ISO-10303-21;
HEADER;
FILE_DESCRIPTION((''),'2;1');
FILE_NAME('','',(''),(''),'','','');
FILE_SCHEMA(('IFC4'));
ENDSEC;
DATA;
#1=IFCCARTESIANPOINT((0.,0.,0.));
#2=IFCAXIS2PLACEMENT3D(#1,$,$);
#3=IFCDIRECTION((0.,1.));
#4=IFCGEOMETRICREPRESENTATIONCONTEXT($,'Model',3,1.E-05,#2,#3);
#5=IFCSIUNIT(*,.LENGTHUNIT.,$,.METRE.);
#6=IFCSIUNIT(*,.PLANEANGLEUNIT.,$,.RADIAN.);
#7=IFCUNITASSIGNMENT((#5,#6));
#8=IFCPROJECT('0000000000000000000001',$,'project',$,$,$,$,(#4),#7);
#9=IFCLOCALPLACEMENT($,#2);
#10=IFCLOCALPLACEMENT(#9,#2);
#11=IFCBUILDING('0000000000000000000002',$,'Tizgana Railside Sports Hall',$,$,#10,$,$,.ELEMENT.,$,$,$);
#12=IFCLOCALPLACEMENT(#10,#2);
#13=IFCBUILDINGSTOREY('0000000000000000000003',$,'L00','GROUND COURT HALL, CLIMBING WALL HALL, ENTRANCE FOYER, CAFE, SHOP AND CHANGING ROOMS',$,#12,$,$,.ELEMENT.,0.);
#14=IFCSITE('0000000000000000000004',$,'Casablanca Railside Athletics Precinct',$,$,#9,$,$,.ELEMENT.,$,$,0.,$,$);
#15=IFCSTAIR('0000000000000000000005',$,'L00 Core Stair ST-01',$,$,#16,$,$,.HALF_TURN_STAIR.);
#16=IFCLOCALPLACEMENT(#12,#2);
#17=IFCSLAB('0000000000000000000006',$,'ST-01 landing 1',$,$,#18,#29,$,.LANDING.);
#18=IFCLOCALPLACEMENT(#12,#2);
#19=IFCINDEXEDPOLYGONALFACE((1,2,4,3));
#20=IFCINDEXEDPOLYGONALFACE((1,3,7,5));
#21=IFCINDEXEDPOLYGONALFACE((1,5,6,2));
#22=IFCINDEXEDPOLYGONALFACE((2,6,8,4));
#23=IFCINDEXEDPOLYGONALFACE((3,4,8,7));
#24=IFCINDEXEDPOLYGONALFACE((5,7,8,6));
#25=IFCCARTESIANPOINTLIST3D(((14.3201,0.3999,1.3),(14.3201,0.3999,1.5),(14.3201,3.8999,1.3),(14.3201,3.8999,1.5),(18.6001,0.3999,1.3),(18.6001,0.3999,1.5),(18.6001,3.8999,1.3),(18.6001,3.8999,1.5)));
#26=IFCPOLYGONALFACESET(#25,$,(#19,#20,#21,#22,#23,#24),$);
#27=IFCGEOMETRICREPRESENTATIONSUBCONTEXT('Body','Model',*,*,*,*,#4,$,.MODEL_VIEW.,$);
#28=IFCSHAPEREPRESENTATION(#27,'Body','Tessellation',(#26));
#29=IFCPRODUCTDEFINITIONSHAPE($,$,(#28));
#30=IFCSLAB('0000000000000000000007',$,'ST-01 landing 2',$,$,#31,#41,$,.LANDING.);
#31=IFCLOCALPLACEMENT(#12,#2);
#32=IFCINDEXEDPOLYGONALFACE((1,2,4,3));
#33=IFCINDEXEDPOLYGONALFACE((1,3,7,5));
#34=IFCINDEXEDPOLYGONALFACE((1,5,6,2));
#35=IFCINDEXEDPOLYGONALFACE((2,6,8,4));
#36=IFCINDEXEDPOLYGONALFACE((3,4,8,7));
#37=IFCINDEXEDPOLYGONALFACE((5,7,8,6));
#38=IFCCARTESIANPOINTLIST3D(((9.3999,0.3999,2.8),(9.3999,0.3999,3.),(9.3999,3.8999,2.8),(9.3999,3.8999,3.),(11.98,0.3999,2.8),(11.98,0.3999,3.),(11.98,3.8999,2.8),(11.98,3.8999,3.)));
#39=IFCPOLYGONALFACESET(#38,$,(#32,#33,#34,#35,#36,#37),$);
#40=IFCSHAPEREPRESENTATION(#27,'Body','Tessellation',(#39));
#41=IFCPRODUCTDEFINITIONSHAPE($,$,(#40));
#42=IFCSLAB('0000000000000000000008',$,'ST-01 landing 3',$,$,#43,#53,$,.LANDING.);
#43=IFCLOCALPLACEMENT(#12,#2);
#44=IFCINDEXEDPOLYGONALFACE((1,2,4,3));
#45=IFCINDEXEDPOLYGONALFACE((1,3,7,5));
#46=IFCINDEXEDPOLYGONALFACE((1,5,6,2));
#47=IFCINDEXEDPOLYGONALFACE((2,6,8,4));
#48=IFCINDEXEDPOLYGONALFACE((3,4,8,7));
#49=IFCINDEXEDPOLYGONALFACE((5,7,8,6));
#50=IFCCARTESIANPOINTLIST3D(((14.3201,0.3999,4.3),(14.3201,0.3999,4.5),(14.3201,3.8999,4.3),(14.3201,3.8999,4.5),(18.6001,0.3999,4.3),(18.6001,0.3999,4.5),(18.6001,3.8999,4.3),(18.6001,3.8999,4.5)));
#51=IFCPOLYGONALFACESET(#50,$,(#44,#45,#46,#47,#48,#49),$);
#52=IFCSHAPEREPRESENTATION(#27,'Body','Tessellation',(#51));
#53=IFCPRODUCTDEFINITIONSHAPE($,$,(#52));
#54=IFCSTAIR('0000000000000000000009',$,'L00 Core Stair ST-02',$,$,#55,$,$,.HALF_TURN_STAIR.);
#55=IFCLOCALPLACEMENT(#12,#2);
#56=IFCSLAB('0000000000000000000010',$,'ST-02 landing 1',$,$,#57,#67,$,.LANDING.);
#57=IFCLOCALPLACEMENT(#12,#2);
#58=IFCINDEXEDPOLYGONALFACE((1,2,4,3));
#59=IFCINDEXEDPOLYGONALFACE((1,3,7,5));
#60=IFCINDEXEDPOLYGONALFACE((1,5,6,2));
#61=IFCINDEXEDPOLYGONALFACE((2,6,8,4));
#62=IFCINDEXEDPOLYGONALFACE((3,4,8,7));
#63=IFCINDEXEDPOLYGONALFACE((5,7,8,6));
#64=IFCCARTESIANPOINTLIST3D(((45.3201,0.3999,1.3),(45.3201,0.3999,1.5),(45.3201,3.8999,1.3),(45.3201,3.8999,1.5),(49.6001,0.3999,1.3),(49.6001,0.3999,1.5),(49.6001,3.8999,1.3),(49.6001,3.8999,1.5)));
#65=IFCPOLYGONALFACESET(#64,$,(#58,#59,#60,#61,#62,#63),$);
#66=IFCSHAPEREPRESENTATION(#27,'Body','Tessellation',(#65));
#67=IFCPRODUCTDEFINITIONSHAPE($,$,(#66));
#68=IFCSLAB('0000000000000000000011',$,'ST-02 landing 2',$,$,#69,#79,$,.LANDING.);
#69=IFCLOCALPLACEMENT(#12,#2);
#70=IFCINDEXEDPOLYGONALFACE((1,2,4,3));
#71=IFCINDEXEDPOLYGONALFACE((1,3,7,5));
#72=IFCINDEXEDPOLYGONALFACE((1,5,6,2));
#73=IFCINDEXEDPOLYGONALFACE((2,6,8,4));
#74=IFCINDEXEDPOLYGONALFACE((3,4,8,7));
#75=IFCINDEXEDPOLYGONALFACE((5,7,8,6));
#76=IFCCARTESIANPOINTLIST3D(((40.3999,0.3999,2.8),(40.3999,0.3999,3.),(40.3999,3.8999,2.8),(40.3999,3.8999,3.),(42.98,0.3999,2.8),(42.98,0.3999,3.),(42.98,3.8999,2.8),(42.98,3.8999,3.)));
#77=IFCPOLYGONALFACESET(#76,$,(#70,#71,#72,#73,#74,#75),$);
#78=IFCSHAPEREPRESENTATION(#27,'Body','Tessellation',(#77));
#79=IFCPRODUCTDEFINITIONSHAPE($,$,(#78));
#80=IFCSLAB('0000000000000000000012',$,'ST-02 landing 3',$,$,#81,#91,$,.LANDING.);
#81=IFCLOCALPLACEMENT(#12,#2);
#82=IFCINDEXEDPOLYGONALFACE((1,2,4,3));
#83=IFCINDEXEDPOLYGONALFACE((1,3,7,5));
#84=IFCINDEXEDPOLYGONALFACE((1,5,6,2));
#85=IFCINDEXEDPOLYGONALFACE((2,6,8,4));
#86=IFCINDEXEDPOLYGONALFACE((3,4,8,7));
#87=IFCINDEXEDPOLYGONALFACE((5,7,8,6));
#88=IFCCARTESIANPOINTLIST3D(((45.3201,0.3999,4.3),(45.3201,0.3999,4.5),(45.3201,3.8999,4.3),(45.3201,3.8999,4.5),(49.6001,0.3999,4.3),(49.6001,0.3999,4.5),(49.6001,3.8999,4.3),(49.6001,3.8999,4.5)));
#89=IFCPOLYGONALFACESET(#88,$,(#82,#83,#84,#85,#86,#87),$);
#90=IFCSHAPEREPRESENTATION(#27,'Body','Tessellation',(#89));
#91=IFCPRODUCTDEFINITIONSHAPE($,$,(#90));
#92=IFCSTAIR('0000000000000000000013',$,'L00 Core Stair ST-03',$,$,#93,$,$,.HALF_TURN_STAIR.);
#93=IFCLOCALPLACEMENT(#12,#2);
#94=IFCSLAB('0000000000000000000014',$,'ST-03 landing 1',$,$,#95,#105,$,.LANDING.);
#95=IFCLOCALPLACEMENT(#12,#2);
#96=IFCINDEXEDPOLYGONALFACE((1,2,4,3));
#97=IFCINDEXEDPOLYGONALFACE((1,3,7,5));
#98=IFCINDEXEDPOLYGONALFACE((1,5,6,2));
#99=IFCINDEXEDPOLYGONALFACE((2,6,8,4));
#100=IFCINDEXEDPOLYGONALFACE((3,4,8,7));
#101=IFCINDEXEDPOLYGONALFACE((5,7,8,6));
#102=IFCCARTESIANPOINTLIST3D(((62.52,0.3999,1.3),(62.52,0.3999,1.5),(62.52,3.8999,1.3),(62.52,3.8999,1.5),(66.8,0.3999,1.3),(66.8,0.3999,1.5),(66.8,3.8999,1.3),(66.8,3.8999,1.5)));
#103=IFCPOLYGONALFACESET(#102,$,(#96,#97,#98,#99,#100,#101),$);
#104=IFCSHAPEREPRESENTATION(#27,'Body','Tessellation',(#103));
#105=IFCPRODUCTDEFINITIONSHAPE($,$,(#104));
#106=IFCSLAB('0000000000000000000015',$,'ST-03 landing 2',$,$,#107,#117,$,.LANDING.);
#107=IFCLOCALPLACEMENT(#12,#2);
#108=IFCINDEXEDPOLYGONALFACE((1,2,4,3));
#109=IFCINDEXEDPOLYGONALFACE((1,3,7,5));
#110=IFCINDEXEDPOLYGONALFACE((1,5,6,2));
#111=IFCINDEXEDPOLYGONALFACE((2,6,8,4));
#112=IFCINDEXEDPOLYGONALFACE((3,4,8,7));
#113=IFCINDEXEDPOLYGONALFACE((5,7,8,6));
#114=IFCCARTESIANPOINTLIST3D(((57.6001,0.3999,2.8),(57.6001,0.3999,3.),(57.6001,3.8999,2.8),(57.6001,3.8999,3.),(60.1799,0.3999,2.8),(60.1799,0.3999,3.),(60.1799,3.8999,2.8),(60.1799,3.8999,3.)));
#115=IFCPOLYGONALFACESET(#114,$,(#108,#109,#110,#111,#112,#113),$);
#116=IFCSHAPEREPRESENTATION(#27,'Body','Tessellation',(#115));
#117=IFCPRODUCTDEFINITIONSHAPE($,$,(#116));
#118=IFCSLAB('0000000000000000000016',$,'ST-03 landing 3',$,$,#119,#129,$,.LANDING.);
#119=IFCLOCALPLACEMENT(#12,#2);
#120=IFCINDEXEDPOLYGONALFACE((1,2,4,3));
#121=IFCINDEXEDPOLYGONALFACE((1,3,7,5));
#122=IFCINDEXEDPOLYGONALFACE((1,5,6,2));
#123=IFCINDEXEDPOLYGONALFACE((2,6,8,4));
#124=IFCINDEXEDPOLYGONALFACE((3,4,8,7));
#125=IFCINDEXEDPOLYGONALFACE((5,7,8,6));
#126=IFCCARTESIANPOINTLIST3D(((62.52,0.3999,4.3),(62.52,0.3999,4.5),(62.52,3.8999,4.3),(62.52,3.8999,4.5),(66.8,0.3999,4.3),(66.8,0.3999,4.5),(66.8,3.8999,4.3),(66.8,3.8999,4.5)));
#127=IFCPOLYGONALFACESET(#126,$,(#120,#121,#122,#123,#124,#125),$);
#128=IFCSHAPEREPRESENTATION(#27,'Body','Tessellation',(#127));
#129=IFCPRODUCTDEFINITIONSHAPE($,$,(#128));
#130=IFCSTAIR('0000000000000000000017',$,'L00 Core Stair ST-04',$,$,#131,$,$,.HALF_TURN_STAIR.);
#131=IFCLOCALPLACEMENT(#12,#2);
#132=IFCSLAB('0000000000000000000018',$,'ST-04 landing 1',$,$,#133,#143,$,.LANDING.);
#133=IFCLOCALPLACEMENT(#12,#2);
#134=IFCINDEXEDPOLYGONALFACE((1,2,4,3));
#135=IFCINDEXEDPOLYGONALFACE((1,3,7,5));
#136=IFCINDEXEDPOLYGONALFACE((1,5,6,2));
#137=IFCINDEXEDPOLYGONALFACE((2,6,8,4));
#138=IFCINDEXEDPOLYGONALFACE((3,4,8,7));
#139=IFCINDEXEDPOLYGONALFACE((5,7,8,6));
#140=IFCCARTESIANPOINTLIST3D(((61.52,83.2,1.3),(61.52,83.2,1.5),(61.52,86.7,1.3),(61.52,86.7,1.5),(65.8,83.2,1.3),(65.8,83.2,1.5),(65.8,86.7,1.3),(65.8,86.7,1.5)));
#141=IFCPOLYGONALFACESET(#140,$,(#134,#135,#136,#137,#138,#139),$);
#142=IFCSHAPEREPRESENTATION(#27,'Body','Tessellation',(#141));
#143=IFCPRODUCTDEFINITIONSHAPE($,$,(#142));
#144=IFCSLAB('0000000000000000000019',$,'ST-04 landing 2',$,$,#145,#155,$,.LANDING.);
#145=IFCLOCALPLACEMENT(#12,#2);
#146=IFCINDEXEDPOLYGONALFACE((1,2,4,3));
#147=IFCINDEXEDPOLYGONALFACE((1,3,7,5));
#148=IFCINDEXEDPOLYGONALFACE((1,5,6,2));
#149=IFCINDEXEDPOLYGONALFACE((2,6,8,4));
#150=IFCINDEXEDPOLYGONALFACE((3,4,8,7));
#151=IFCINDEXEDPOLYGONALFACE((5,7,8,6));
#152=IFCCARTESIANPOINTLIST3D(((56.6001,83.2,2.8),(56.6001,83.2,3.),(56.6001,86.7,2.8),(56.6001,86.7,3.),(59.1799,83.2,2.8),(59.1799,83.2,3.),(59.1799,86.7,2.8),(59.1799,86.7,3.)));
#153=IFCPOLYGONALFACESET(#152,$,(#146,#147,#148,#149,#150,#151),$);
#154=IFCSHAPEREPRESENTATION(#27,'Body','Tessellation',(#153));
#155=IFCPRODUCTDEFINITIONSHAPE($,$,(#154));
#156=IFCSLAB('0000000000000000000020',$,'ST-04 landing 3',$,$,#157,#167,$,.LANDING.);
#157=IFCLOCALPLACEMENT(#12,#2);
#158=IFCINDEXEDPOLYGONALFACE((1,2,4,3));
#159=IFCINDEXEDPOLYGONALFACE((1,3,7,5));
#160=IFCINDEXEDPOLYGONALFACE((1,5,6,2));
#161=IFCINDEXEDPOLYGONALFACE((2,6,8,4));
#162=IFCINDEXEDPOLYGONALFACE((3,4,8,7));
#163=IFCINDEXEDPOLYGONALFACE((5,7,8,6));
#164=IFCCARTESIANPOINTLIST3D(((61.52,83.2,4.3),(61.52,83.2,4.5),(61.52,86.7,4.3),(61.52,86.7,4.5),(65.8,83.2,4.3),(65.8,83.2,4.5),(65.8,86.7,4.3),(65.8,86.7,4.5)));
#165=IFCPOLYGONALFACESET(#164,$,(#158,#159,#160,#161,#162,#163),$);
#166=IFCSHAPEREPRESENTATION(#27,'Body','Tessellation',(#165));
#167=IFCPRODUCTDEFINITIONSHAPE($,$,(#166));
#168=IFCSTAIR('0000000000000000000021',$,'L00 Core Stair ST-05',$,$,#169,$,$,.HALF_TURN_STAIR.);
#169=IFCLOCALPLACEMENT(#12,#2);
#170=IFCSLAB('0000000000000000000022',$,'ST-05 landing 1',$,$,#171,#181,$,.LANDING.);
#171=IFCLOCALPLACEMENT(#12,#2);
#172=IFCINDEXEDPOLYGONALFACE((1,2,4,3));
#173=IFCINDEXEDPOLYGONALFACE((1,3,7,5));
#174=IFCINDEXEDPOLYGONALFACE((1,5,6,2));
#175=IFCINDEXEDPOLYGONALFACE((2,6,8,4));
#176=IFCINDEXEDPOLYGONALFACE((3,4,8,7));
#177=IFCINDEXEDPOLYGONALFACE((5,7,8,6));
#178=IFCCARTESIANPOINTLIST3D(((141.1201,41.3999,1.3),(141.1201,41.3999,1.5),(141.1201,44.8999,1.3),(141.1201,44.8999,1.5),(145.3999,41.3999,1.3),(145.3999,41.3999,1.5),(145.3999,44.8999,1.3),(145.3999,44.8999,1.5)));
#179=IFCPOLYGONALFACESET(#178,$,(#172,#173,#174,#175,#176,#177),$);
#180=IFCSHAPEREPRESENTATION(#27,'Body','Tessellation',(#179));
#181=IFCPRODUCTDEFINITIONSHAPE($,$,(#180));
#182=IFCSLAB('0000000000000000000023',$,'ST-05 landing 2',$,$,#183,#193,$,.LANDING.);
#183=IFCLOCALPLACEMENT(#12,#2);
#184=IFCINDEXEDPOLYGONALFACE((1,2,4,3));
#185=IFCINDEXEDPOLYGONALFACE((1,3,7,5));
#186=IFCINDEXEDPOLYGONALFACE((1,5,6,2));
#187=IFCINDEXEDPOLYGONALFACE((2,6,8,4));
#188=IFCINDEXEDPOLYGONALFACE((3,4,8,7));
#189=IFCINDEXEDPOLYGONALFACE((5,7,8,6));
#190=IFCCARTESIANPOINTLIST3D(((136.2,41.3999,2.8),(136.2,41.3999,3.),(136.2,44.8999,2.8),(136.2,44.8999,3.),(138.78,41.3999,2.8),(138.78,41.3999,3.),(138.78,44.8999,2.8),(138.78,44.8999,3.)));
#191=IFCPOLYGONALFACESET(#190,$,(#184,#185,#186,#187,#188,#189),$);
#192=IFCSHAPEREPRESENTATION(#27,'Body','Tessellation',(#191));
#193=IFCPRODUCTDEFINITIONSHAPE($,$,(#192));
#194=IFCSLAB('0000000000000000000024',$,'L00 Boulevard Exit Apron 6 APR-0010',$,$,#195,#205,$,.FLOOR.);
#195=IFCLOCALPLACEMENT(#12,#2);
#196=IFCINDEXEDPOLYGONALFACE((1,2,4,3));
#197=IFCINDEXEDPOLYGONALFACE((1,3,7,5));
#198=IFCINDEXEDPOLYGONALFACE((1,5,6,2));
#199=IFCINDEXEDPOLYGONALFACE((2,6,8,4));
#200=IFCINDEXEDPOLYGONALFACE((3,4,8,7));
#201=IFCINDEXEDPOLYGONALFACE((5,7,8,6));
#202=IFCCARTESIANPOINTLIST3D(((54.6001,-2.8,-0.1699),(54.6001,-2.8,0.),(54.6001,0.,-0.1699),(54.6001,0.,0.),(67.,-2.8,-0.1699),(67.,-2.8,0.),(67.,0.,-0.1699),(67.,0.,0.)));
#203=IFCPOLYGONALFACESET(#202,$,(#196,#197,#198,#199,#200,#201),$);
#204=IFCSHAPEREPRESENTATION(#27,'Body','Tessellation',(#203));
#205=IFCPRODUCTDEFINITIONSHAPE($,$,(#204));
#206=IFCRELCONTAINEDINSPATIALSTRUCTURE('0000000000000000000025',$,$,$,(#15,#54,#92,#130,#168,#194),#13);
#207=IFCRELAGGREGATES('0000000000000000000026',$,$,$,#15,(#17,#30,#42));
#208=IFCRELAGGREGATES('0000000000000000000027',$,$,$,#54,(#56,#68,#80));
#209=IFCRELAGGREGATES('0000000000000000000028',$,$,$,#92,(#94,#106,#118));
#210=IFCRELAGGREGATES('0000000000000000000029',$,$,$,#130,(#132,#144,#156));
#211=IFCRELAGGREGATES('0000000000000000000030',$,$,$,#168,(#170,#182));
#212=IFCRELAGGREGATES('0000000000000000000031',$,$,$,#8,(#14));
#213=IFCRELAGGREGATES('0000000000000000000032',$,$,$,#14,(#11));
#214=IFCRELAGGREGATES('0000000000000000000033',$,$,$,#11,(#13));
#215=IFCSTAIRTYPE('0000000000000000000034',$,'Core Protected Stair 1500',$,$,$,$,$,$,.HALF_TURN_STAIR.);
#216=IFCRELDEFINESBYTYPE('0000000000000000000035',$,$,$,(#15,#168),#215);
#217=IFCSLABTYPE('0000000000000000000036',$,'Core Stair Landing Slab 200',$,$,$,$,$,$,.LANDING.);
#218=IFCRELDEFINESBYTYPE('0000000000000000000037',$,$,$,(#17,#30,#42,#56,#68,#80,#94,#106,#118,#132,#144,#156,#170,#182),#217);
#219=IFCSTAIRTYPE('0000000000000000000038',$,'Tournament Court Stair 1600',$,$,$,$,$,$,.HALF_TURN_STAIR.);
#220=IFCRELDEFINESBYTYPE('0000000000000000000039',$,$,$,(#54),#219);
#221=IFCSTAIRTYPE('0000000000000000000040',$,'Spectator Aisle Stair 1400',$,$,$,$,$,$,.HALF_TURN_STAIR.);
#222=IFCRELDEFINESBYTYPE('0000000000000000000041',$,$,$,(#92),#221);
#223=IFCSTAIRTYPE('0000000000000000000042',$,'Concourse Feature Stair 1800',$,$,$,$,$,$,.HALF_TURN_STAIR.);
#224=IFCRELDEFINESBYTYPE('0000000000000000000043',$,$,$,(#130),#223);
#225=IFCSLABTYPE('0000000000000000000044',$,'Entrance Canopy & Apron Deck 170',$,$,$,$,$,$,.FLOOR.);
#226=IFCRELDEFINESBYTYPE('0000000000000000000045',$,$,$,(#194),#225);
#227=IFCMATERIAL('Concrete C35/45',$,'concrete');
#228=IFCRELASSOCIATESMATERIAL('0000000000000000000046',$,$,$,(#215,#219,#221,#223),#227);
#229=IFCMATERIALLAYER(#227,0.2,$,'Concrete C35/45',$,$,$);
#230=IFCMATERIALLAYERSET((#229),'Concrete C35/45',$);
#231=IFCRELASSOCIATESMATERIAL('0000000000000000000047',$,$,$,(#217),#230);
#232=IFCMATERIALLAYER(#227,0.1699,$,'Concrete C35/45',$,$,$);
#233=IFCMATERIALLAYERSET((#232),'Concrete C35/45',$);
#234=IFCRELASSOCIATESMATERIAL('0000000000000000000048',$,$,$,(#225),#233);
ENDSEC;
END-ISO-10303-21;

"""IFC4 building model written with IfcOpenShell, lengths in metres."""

from ifc_helpers import new_model, si_unit, direction, frame, origin, place, context, subcontext, project, spatial, polyline, outline, extrude, material, layer, layer_set, type_object, element, aggregate, save


model = new_model("IFC4")

# Units and contexts
model_context = context("Model", 3, precision=1e-05, world=origin(), true_north=direction((0.0, 1.0)))
body_context = subcontext(model_context, "Body", "Model", "MODEL_VIEW")
ifc_project = project(units=[si_unit("LENGTHUNIT", "METRE"), si_unit("PLANEANGLEUNIT", "RADIAN")], contexts=[model_context])

# Site, building, storey
site_placement = place(None, origin())
site = spatial("IfcSite", under=ifc_project, at=site_placement, Name="Casablanca Railside Athletics Precinct", CompositionType="ELEMENT", RefElevation=0.0)
building_placement = place(site_placement, origin())
building = spatial("IfcBuilding", under=site, at=building_placement, Name="Tizgana Railside Sports Hall", CompositionType="ELEMENT")
storey_placement = place(building_placement, origin())
storey = spatial("IfcBuildingStorey", under=building, at=storey_placement, Name="L00", Description="GROUND COURT HALL, CLIMBING WALL HALL, ENTRANCE FOYER, CAFE, SHOP AND CHANGING ROOMS", CompositionType="ELEMENT", Elevation=0.0)

# Stairs, slabs
ifc_material_1 = material(Name="Concrete C35/45", Category="concrete")
stair_type_1 = type_object("IfcStairType", Name="Core Protected Stair 1500", PredefinedType="HALF_TURN_STAIR", material=ifc_material_1)
stair_1_placement = place(storey_placement, origin())
stair_1 = element("IfcStair", 1, at=stair_1_placement, inside=storey, type_object=stair_type_1, Name="L00 Core Stair ST-01", PredefinedType="HALF_TURN_STAIR")
ifc_layer_1 = layer(ifc_material_1, 0.2, Name="Concrete C35/45")
ifc_layer_set_1 = layer_set([ifc_layer_1], Name="Concrete C35/45")
slab_type_1 = type_object("IfcSlabType", Name="Core Stair Landing Slab 200", PredefinedType="LANDING", material=ifc_layer_set_1)
slab_1_placement = place(storey_placement, frame((0.0, 0.0, 1.3)))
slab_1 = element("IfcSlab", 2, at=slab_1_placement, type_object=slab_type_1, Name="ST-01 landing 1", PredefinedType="LANDING", context=body_context, shape_type="SweptSolid", body=[
    extrude(outline(polyline([(14.3201, 0.3999), (18.6001, 0.3999), (18.6001, 3.8999), (14.3201, 3.8999), (14.3201, 0.3999)])), origin(), (0.0, 0.0, 1.0), 0.2),
])
slab_2_placement = place(storey_placement, frame((0.0, 0.0, 2.8)))
slab_2 = element("IfcSlab", 3, at=slab_2_placement, type_object=slab_type_1, Name="ST-01 landing 2", PredefinedType="LANDING", context=body_context, shape_type="SweptSolid", body=[
    extrude(outline(polyline([(9.3999, 0.3999), (11.98, 0.3999), (11.98, 3.8999), (9.3999, 3.8999), (9.3999, 0.3999)])), origin(), (0.0, 0.0, 1.0), 0.2),
])
slab_3_placement = place(storey_placement, frame((0.0, 0.0, 4.3)))
slab_3 = element("IfcSlab", 4, at=slab_3_placement, type_object=slab_type_1, Name="ST-01 landing 3", PredefinedType="LANDING", context=body_context, shape_type="SweptSolid", body=[
    extrude(outline(polyline([(14.3201, 0.3999), (18.6001, 0.3999), (18.6001, 3.8999), (14.3201, 3.8999), (14.3201, 0.3999)])), origin(), (0.0, 0.0, 1.0), 0.2),
])
aggregate(stair_1, [slab_1, slab_2, slab_3])
stair_type_2 = type_object("IfcStairType", Name="Tournament Court Stair 1600", PredefinedType="HALF_TURN_STAIR", material=ifc_material_1)
stair_2_placement = place(storey_placement, origin())
stair_2 = element("IfcStair", 5, at=stair_2_placement, inside=storey, type_object=stair_type_2, Name="L00 Core Stair ST-02", PredefinedType="HALF_TURN_STAIR")
slab_4_placement = place(storey_placement, frame((0.0, 0.0, 1.3)))
slab_4 = element("IfcSlab", 6, at=slab_4_placement, type_object=slab_type_1, Name="ST-02 landing 1", PredefinedType="LANDING", context=body_context, shape_type="SweptSolid", body=[
    extrude(outline(polyline([(45.3201, 0.3999), (49.6001, 0.3999), (49.6001, 3.8999), (45.3201, 3.8999), (45.3201, 0.3999)])), origin(), (0.0, 0.0, 1.0), 0.2),
])
slab_5_placement = place(storey_placement, frame((0.0, 0.0, 2.8)))
slab_5 = element("IfcSlab", 7, at=slab_5_placement, type_object=slab_type_1, Name="ST-02 landing 2", PredefinedType="LANDING", context=body_context, shape_type="SweptSolid", body=[
    extrude(outline(polyline([(40.3999, 0.3999), (42.98, 0.3999), (42.98, 3.8999), (40.3999, 3.8999), (40.3999, 0.3999)])), origin(), (0.0, 0.0, 1.0), 0.2),
])
slab_6_placement = place(storey_placement, frame((0.0, 0.0, 4.3)))
slab_6 = element("IfcSlab", 8, at=slab_6_placement, type_object=slab_type_1, Name="ST-02 landing 3", PredefinedType="LANDING", context=body_context, shape_type="SweptSolid", body=[
    extrude(outline(polyline([(45.3201, 0.3999), (49.6001, 0.3999), (49.6001, 3.8999), (45.3201, 3.8999), (45.3201, 0.3999)])), origin(), (0.0, 0.0, 1.0), 0.2),
])
aggregate(stair_2, [slab_4, slab_5, slab_6])
stair_type_3 = type_object("IfcStairType", Name="Spectator Aisle Stair 1400", PredefinedType="HALF_TURN_STAIR", material=ifc_material_1)
stair_3_placement = place(storey_placement, origin())
stair_3 = element("IfcStair", 9, at=stair_3_placement, inside=storey, type_object=stair_type_3, Name="L00 Core Stair ST-03", PredefinedType="HALF_TURN_STAIR")
slab_7_placement = place(storey_placement, frame((0.0, 0.0, 1.3)))
slab_7 = element("IfcSlab", 10, at=slab_7_placement, type_object=slab_type_1, Name="ST-03 landing 1", PredefinedType="LANDING", context=body_context, shape_type="SweptSolid", body=[
    extrude(outline(polyline([(62.52, 0.3999), (66.8, 0.3999), (66.8, 3.8999), (62.52, 3.8999), (62.52, 0.3999)])), origin(), (0.0, 0.0, 1.0), 0.2),
])
slab_8_placement = place(storey_placement, frame((0.0, 0.0, 2.8)))
slab_8 = element("IfcSlab", 11, at=slab_8_placement, type_object=slab_type_1, Name="ST-03 landing 2", PredefinedType="LANDING", context=body_context, shape_type="SweptSolid", body=[
    extrude(outline(polyline([(57.6001, 0.3999), (60.1799, 0.3999), (60.1799, 3.8999), (57.6001, 3.8999), (57.6001, 0.3999)])), origin(), (0.0, 0.0, 1.0), 0.2),
])
slab_9_placement = place(storey_placement, frame((0.0, 0.0, 4.3)))
slab_9 = element("IfcSlab", 12, at=slab_9_placement, type_object=slab_type_1, Name="ST-03 landing 3", PredefinedType="LANDING", context=body_context, shape_type="SweptSolid", body=[
    extrude(outline(polyline([(62.52, 0.3999), (66.8, 0.3999), (66.8, 3.8999), (62.52, 3.8999), (62.52, 0.3999)])), origin(), (0.0, 0.0, 1.0), 0.2),
])
aggregate(stair_3, [slab_7, slab_8, slab_9])
stair_type_4 = type_object("IfcStairType", Name="Concourse Feature Stair 1800", PredefinedType="HALF_TURN_STAIR", material=ifc_material_1)
stair_4_placement = place(storey_placement, origin())
stair_4 = element("IfcStair", 13, at=stair_4_placement, inside=storey, type_object=stair_type_4, Name="L00 Core Stair ST-04", PredefinedType="HALF_TURN_STAIR")
slab_10_placement = place(storey_placement, frame((0.0, 0.0, 1.3)))
slab_10 = element("IfcSlab", 14, at=slab_10_placement, type_object=slab_type_1, Name="ST-04 landing 1", PredefinedType="LANDING", context=body_context, shape_type="SweptSolid", body=[
    extrude(outline(polyline([(61.52, 83.2), (65.8, 83.2), (65.8, 86.7), (61.52, 86.7), (61.52, 83.2)])), origin(), (0.0, 0.0, 1.0), 0.2),
])
slab_11_placement = place(storey_placement, frame((0.0, 0.0, 2.8)))
slab_11 = element("IfcSlab", 15, at=slab_11_placement, type_object=slab_type_1, Name="ST-04 landing 2", PredefinedType="LANDING", context=body_context, shape_type="SweptSolid", body=[
    extrude(outline(polyline([(56.6001, 83.2), (59.1799, 83.2), (59.1799, 86.7), (56.6001, 86.7), (56.6001, 83.2)])), origin(), (0.0, 0.0, 1.0), 0.2),
])
slab_12_placement = place(storey_placement, frame((0.0, 0.0, 4.3)))
slab_12 = element("IfcSlab", 16, at=slab_12_placement, type_object=slab_type_1, Name="ST-04 landing 3", PredefinedType="LANDING", context=body_context, shape_type="SweptSolid", body=[
    extrude(outline(polyline([(61.52, 83.2), (65.8, 83.2), (65.8, 86.7), (61.52, 86.7), (61.52, 83.2)])), origin(), (0.0, 0.0, 1.0), 0.2),
])
aggregate(stair_4, [slab_10, slab_11, slab_12])
stair_5_placement = place(storey_placement, origin())
stair_5 = element("IfcStair", 17, at=stair_5_placement, inside=storey, type_object=stair_type_1, Name="L00 Core Stair ST-05", PredefinedType="HALF_TURN_STAIR")
slab_13_placement = place(storey_placement, frame((0.0, 0.0, 1.3)))
slab_13 = element("IfcSlab", 18, at=slab_13_placement, type_object=slab_type_1, Name="ST-05 landing 1", PredefinedType="LANDING", context=body_context, shape_type="SweptSolid", body=[
    extrude(outline(polyline([(141.1201, 41.3999), (145.3999, 41.3999), (145.3999, 44.8999), (141.1201, 44.8999), (141.1201, 41.3999)])), origin(), (0.0, 0.0, 1.0), 0.2),
])
slab_14_placement = place(storey_placement, frame((0.0, 0.0, 2.8)))
slab_14 = element("IfcSlab", 19, at=slab_14_placement, type_object=slab_type_1, Name="ST-05 landing 2", PredefinedType="LANDING", context=body_context, shape_type="SweptSolid", body=[
    extrude(outline(polyline([(136.2, 41.3999), (138.78, 41.3999), (138.78, 44.8999), (136.2, 44.8999), (136.2, 41.3999)])), origin(), (0.0, 0.0, 1.0), 0.2),
])
aggregate(stair_5, [slab_13, slab_14])

# Slab
ifc_layer_2 = layer(ifc_material_1, 0.1699, Name="Concrete C35/45")
ifc_layer_set_2 = layer_set([ifc_layer_2], Name="Concrete C35/45")
slab_type_2 = type_object("IfcSlabType", Name="Entrance Canopy & Apron Deck 170", PredefinedType="FLOOR", material=ifc_layer_set_2)
slab_15_placement = place(storey_placement, frame((0.0, 0.0, -0.1699)))
element("IfcSlab", 20, at=slab_15_placement, inside=storey, type_object=slab_type_2, Name="L00 Boulevard Exit Apron 6 APR-0010", PredefinedType="FLOOR", context=body_context, shape_type="SweptSolid", body=[
    extrude(outline(polyline([(54.6001, -2.8), (67.0, -2.8), (67.0, 0.0), (54.6001, 0.0), (54.6001, -2.8)])), origin(), (0.0, 0.0, 1.0), 0.1699),
])

save(model, "model.ifc")
